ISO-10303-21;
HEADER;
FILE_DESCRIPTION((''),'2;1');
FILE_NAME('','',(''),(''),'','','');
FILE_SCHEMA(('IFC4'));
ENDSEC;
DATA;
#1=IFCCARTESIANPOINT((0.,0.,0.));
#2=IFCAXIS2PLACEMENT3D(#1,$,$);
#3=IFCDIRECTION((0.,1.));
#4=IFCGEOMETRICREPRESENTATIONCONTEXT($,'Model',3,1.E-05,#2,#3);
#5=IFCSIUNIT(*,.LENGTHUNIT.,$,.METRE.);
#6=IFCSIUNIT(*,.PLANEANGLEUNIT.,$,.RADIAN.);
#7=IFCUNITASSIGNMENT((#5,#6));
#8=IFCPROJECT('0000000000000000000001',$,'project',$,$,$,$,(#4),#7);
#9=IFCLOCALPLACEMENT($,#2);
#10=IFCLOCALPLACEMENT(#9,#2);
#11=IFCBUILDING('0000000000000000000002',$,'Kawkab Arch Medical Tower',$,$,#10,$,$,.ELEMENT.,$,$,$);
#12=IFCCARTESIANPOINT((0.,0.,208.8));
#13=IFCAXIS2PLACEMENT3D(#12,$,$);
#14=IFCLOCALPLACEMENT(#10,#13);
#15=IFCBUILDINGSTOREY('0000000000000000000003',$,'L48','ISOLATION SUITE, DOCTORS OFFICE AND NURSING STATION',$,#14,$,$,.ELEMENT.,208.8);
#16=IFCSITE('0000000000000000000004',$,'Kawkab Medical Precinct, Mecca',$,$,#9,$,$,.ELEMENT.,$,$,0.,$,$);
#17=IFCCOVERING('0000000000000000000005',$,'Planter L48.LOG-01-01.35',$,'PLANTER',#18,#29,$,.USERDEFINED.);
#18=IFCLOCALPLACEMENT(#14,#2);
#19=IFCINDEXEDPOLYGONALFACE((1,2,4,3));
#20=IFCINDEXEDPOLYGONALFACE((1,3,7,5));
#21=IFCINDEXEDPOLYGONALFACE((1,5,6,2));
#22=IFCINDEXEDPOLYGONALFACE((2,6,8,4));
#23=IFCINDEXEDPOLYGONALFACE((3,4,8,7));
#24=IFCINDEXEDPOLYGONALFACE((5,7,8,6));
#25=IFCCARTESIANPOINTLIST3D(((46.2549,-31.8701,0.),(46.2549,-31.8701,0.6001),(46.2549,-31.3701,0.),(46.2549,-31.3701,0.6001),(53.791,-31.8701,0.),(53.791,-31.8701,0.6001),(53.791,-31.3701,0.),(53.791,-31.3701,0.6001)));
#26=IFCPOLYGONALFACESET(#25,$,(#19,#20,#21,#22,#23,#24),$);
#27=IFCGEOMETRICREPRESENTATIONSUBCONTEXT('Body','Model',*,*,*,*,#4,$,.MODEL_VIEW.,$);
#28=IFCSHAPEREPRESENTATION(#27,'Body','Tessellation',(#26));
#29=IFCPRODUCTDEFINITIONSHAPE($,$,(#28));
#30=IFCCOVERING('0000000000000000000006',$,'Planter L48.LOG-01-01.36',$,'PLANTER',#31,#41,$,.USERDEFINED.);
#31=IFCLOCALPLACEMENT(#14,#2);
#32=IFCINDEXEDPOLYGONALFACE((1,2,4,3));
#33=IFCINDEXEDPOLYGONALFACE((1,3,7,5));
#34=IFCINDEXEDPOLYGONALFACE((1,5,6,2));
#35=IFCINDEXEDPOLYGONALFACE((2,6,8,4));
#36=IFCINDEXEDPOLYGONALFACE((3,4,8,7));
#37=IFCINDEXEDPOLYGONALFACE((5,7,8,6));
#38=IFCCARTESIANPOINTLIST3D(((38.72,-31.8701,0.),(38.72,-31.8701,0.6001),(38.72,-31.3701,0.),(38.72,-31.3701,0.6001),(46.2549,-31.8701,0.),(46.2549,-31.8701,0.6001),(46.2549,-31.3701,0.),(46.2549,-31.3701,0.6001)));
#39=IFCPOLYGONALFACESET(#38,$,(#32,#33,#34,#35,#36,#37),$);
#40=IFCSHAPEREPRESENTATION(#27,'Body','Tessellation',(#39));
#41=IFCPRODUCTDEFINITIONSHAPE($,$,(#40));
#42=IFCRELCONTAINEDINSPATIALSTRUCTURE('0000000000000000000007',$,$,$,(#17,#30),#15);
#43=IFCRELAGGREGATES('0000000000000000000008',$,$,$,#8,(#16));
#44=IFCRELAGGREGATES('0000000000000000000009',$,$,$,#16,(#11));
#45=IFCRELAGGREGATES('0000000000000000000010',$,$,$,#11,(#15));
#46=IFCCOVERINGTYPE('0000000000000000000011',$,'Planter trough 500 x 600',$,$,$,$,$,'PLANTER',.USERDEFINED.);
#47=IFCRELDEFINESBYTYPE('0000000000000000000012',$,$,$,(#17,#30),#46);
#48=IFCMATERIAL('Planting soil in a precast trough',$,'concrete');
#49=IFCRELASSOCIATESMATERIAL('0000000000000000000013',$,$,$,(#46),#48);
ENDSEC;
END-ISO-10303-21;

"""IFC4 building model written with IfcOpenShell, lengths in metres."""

from ifc_helpers import new_model, si_unit, direction, frame, origin, origin_2d, place, context, subcontext, project, spatial, rectangle, extrude, material, material_profile, profile_set, type_object, element, save


model = new_model("IFC4")

# Units and contexts
model_context = context("Model", 3, precision=1e-05, world=origin(), true_north=direction((0.0, 1.0)))
body_context = subcontext(model_context, "Body", "Model", "MODEL_VIEW")
ifc_project = project(units=[si_unit("LENGTHUNIT", "METRE"), si_unit("PLANEANGLEUNIT", "RADIAN")], contexts=[model_context])

# Site, building, storey
site_placement = place(None, origin())
site = spatial("IfcSite", under=ifc_project, at=site_placement, Name="Kawkab Medical Precinct, Mecca", CompositionType="ELEMENT", RefElevation=0.0)
building_placement = place(site_placement, origin())
building = spatial("IfcBuilding", under=site, at=building_placement, Name="Kawkab Arch Medical Tower", CompositionType="ELEMENT")
storey_placement = place(building_placement, frame((0.0, 0.0, 208.8)))
storey = spatial("IfcBuildingStorey", under=building, at=storey_placement, Name="L48", Description="ISOLATION SUITE, DOCTORS OFFICE AND NURSING STATION", CompositionType="ELEMENT", Elevation=208.8)

# Coverings
ifc_material_1 = material(Name="Planting soil in a precast trough", Category="concrete")
ifc_material_profile_1 = material_profile(ifc_material_1, rectangle(XDim=0.5, YDim=0.6001, at=origin_2d()), Name="Trough 500x600")
ifc_profile_set_1 = profile_set([ifc_material_profile_1], Name="Planting soil in a precast trough")
covering_type = type_object("IfcCoveringType", Name="Planter trough 500 x 600", ElementType="PLANTER", PredefinedType="USERDEFINED", material=ifc_profile_set_1)
covering_1_placement = place(storey_placement, frame((53.791, -31.6201, 0.3), z_axis=(-1.0, 0.0, 0.0), x_axis=(0.0, -1.0, 0.0)))
element("IfcCovering", 1, at=covering_1_placement, inside=storey, type_object=covering_type, Name="Planter L48.LOG-01-01.35", ObjectType="PLANTER", PredefinedType="USERDEFINED", context=body_context, shape_type="SweptSolid", body=[
    extrude(rectangle(XDim=0.5, YDim=0.6001, at=origin_2d()), origin(), (0.0, 0.0, 1.0), 7.5361),
])
covering_2_placement = place(storey_placement, frame((46.2549, -31.6201, 0.3), z_axis=(-1.0, 0.0, 0.0), x_axis=(0.0, -1.0, 0.0)))
element("IfcCovering", 2, at=covering_2_placement, inside=storey, type_object=covering_type, Name="Planter L48.LOG-01-01.36", ObjectType="PLANTER", PredefinedType="USERDEFINED", context=body_context, shape_type="SweptSolid", body=[
    extrude(rectangle(XDim=0.5, YDim=0.6001, at=origin_2d()), origin(), (0.0, 0.0, 1.0), 7.5349),
])

save(model, "model.ifc")
